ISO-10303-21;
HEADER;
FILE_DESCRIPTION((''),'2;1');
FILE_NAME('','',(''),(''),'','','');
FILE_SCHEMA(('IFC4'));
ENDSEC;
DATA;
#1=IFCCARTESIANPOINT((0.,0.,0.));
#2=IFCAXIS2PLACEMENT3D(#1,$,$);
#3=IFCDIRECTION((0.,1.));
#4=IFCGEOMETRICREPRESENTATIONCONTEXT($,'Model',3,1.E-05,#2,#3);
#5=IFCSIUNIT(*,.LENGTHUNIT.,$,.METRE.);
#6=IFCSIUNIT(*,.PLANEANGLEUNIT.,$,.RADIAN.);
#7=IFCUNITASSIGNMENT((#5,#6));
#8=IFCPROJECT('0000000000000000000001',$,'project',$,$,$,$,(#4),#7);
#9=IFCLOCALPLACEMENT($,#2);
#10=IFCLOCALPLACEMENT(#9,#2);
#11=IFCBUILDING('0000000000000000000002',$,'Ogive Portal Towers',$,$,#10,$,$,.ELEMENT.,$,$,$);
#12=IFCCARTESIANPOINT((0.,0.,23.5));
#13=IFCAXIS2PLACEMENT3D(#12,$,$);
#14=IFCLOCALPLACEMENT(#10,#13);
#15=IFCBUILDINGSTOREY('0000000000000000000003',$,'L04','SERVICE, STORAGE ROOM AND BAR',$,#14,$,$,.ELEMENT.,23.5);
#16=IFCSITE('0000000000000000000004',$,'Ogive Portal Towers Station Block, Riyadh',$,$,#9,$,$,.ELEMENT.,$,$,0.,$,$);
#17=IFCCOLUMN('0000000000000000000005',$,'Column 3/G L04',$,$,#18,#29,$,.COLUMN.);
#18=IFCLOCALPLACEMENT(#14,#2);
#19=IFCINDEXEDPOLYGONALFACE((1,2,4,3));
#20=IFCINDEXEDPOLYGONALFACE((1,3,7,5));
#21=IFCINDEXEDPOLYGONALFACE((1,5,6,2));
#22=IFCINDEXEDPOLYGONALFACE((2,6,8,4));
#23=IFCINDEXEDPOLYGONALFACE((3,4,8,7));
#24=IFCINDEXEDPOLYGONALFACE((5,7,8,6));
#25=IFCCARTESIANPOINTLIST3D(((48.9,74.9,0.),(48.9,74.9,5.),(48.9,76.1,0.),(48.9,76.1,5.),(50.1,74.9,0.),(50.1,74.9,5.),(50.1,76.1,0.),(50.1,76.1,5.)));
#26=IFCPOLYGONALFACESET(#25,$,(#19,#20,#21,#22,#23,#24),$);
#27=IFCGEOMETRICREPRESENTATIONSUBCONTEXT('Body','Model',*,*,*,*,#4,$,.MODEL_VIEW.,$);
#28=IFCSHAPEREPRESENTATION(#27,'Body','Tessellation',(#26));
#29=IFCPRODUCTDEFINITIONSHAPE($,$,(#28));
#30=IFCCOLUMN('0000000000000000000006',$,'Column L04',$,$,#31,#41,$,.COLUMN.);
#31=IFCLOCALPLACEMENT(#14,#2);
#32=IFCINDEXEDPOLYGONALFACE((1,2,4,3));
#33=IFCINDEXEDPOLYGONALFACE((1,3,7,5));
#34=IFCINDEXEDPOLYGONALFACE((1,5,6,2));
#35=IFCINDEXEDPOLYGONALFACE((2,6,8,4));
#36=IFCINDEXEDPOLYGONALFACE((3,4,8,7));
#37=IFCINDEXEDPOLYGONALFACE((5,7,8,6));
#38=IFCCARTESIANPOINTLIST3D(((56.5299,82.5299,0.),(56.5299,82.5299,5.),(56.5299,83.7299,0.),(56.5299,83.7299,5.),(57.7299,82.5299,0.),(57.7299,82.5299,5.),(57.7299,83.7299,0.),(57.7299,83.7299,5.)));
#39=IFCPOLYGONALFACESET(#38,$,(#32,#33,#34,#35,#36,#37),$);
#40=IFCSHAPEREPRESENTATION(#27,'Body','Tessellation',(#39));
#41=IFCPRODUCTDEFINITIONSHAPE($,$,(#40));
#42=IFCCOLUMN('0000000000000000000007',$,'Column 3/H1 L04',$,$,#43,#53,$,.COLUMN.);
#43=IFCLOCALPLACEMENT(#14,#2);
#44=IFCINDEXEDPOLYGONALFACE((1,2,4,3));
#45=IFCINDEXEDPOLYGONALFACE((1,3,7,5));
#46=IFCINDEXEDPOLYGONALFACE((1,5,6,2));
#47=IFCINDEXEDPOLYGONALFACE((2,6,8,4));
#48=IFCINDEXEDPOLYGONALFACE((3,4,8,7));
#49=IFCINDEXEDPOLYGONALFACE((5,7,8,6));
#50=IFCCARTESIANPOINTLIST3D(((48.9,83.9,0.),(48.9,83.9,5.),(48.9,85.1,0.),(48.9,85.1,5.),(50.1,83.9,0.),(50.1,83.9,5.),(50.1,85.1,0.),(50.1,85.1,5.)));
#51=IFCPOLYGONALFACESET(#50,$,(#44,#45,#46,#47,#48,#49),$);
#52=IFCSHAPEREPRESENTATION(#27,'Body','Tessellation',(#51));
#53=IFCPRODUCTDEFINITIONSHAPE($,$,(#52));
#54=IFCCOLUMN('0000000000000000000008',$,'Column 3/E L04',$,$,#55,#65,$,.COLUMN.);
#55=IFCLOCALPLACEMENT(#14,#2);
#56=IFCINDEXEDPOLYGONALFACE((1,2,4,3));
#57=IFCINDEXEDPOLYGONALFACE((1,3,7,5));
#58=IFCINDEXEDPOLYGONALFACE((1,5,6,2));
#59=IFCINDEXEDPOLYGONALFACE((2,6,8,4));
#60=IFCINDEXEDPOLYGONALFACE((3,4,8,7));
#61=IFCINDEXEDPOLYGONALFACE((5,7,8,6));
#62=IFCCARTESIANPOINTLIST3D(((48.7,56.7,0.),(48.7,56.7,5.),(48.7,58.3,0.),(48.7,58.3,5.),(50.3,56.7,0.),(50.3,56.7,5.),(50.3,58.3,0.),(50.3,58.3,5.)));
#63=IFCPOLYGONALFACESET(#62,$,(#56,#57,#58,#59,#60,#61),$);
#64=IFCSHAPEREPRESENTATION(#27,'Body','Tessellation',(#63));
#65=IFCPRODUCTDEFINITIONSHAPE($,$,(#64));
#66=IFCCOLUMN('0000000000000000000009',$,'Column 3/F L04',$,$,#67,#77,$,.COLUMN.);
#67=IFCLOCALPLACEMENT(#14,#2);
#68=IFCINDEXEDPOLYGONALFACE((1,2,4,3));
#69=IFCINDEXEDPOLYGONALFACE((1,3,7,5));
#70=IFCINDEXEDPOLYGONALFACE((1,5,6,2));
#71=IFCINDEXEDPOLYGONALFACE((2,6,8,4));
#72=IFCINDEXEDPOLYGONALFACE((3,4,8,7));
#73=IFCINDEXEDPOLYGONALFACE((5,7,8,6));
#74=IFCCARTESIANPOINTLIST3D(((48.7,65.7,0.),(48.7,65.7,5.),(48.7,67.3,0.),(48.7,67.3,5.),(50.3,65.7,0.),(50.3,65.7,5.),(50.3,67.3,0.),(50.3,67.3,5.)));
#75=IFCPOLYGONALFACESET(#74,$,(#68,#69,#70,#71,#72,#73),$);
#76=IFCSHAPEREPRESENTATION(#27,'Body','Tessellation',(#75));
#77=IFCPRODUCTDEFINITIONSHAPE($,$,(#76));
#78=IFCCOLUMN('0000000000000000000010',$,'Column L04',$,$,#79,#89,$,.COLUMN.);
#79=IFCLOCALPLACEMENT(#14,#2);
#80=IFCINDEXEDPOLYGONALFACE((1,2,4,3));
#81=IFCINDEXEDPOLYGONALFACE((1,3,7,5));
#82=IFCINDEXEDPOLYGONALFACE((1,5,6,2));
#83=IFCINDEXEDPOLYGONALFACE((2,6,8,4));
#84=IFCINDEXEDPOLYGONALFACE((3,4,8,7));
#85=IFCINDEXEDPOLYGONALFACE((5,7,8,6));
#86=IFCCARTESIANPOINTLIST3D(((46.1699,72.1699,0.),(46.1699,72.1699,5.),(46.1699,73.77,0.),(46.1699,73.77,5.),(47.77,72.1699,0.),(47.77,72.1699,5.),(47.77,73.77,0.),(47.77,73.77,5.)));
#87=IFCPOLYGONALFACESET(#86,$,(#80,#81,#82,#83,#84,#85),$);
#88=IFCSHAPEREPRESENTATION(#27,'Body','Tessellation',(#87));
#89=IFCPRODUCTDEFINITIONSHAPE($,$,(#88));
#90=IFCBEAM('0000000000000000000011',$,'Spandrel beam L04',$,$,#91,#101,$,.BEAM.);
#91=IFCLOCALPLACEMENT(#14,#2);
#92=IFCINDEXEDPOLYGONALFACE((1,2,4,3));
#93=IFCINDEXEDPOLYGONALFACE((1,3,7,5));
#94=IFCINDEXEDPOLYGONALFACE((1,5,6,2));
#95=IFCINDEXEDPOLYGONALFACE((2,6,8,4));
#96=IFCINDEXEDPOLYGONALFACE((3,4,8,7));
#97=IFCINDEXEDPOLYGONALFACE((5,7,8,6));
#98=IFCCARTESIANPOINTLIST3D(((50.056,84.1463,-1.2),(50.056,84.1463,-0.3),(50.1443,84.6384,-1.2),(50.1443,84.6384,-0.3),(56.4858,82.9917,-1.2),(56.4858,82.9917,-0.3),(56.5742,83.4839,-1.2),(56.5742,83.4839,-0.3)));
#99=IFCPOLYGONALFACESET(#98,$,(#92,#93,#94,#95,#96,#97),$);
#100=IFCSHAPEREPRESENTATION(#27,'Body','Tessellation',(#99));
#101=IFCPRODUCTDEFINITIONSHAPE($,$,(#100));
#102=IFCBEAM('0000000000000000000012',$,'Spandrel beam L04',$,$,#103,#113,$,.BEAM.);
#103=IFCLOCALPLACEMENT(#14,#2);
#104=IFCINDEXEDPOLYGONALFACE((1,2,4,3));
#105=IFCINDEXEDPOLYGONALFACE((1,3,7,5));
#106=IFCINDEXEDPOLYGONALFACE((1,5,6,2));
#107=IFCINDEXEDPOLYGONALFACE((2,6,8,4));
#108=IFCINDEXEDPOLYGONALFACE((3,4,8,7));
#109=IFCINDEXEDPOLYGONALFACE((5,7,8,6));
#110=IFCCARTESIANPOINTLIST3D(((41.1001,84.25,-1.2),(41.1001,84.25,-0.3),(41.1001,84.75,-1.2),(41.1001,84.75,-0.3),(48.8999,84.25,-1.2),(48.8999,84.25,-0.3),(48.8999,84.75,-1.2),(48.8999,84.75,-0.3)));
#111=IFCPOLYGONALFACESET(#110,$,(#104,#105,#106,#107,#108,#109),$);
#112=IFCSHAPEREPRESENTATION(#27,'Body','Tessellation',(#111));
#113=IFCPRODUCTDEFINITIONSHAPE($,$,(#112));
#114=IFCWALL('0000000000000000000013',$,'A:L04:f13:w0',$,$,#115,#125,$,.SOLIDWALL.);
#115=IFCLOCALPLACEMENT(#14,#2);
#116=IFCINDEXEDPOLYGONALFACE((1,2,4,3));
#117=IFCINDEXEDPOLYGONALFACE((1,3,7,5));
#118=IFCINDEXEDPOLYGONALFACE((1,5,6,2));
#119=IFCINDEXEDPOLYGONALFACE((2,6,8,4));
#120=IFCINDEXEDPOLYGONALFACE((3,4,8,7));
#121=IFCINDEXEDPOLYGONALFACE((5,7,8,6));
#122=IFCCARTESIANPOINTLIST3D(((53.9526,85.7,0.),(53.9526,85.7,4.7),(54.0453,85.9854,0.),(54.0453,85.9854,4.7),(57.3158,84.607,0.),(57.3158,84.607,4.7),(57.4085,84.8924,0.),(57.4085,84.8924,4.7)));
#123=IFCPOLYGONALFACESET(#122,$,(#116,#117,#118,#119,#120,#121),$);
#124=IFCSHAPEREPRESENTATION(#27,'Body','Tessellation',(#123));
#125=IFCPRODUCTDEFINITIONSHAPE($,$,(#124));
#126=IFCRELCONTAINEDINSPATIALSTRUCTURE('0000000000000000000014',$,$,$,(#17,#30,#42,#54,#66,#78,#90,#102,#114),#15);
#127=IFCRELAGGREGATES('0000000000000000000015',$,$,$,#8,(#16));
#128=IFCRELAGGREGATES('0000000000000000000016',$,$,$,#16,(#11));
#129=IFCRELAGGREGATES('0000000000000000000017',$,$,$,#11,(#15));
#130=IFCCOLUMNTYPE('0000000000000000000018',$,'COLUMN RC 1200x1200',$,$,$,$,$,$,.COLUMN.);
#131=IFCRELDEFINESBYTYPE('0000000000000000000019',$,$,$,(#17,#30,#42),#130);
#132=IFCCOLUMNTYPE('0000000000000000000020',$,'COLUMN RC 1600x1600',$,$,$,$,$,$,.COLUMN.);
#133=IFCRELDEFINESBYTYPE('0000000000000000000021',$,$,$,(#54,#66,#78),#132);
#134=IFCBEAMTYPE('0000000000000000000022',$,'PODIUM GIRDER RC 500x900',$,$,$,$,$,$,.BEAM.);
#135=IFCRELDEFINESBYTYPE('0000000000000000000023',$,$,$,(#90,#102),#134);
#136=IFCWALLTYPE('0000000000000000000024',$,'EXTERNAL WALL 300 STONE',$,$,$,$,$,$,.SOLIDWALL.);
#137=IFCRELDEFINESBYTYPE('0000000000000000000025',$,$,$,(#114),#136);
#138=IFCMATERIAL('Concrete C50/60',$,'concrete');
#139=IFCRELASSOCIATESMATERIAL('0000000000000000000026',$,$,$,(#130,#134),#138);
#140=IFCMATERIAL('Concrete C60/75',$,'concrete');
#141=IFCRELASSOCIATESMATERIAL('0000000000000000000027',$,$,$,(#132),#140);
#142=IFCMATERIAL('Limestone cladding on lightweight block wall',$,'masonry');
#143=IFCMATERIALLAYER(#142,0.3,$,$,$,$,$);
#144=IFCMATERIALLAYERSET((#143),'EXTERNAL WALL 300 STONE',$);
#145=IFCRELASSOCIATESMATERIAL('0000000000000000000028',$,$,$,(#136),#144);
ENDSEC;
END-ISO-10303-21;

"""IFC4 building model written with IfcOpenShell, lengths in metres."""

from ifc_helpers import new_model, si_unit, direction, frame, frame_2d, origin, origin_2d, place, context, subcontext, project, spatial, rectangle, extrude, material, layer, layer_set, material_profile, profile_set, type_object, element, save


model = new_model("IFC4")

# Units and contexts
model_context = context("Model", 3, precision=1e-05, world=origin(), true_north=direction((0.0, 1.0)))
body_context = subcontext(model_context, "Body", "Model", "MODEL_VIEW")
ifc_project = project(units=[si_unit("LENGTHUNIT", "METRE"), si_unit("PLANEANGLEUNIT", "RADIAN")], contexts=[model_context])

# Site, building, storey
site_placement = place(None, origin())
site = spatial("IfcSite", under=ifc_project, at=site_placement, Name="Ogive Portal Towers Station Block, Riyadh", CompositionType="ELEMENT", RefElevation=0.0)
building_placement = place(site_placement, origin())
building = spatial("IfcBuilding", under=site, at=building_placement, Name="Ogive Portal Towers", CompositionType="ELEMENT")
storey_placement = place(building_placement, frame((0.0, 0.0, 23.5)))
storey = spatial("IfcBuildingStorey", under=building, at=storey_placement, Name="L04", Description="SERVICE, STORAGE ROOM AND BAR", CompositionType="ELEMENT", Elevation=23.5)

# Columns
ifc_material_1 = material(Name="Concrete C50/60", Category="concrete")
ifc_material_profile_1 = material_profile(ifc_material_1, rectangle(XDim=1.2, YDim=1.2, at=origin_2d()), Name="RC 1200x1200")
ifc_profile_set_1 = profile_set([ifc_material_profile_1], Name="Concrete C50/60")
column_type_1 = type_object("IfcColumnType", Name="COLUMN RC 1200x1200", PredefinedType="COLUMN", material=ifc_profile_set_1)
for number, where, z_axis, x_axis, name in (
    (1, (49.5, 75.5, 0.0), (0.0, 0.0, 1.0), (1.0, 0.0, 0.0), "Column 3/G L04"),
    (2, (57.1299, 83.1299, 0.0), (0.0, 0.0, 1.0), (1.0, 0.0, 0.0), "Column L04"),
    (3, (49.5, 84.5, 0.0), (0.0, 0.0, 1.0), (1.0, 0.0, 0.0), "Column 3/H1 L04"),
):
    element("IfcColumn", number, at=place(storey_placement, frame(where, z_axis=z_axis, x_axis=x_axis)), inside=storey, type_object=column_type_1, Name=name, PredefinedType="COLUMN", context=body_context, shape_type="SweptSolid", body=[
        extrude(rectangle(XDim=1.2, YDim=1.2, at=origin_2d()), origin(), (0.0, 0.0, 1.0), 5.0),
    ])
ifc_material_2 = material(Name="Concrete C60/75", Category="concrete")
ifc_material_profile_2 = material_profile(ifc_material_2, rectangle(XDim=1.6001, YDim=1.6001, at=origin_2d()), Name="RC 1600x1600")
ifc_profile_set_2 = profile_set([ifc_material_profile_2], Name="Concrete C60/75")
column_type_2 = type_object("IfcColumnType", Name="COLUMN RC 1600x1600", PredefinedType="COLUMN", material=ifc_profile_set_2)
for number, where, z_axis, x_axis, name in (
    (4, (49.5, 57.5, 0.0), (0.0, 0.0, 1.0), (1.0, 0.0, 0.0), "Column 3/E L04"),
    (5, (49.5, 66.5, 0.0), (0.0, 0.0, 1.0), (1.0, 0.0, 0.0), "Column 3/F L04"),
    (6, (46.97, 72.97, 0.0), (0.0, 0.0, 1.0), (1.0, 0.0, 0.0), "Column L04"),
):
    element("IfcColumn", number, at=place(storey_placement, frame(where, z_axis=z_axis, x_axis=x_axis)), inside=storey, type_object=column_type_2, Name=name, PredefinedType="COLUMN", context=body_context, shape_type="SweptSolid", body=[
        extrude(rectangle(XDim=1.6001, YDim=1.6001, at=origin_2d()), origin(), (0.0, 0.0, 1.0), 5.0),
    ])

# Beams
ifc_material_profile_3 = material_profile(ifc_material_1, rectangle(XDim=0.5, YDim=0.8999, at=origin_2d()), Name="RC 500x900")
ifc_profile_set_3 = profile_set([ifc_material_profile_3], Name="Concrete C50/60")
beam_type = type_object("IfcBeamType", Name="PODIUM GIRDER RC 500x900", PredefinedType="BEAM", material=ifc_profile_set_3)
beam_1_placement = place(storey_placement, frame((56.53, 83.2378, -0.75), z_axis=(-0.984259, 0.176731, 0.0), x_axis=(-0.176731, -0.984259, 0.0)))
element("IfcBeam", 7, at=beam_1_placement, inside=storey, type_object=beam_type, Name="Spandrel beam L04", PredefinedType="BEAM", context=body_context, shape_type="SweptSolid", body=[
    extrude(rectangle(XDim=0.5, YDim=0.8999, at=origin_2d()), origin(), (0.0, 0.0, 1.0), 6.5327),
])
beam_2_placement = place(storey_placement, frame((48.8999, 84.5, -0.75), z_axis=(-1.0, 0.0, 0.0), x_axis=(0.0, -1.0, 0.0)))
element("IfcBeam", 8, at=beam_2_placement, inside=storey, type_object=beam_type, Name="Spandrel beam L04", PredefinedType="BEAM", context=body_context, shape_type="SweptSolid", body=[
    extrude(rectangle(XDim=0.5, YDim=0.8999, at=origin_2d()), origin(), (0.0, 0.0, 1.0), 7.7998),
])

# Wall
ifc_material_3 = material(Name="Limestone cladding on lightweight block wall", Category="masonry")
ifc_layer_1 = layer(ifc_material_3, 0.3)
ifc_layer_set_1 = layer_set([ifc_layer_1], Name="EXTERNAL WALL 300 STONE")
wall_type_1 = type_object("IfcWallType", Name="EXTERNAL WALL 300 STONE", PredefinedType="SOLIDWALL", material=ifc_layer_set_1)
wall_1_placement = place(storey_placement, frame((57.3621, 84.7498, 0.0), z_axis=(0.0, 0.0, 1.0), x_axis=(-0.951038, 0.309074, 0.0)))
element("IfcWall", 9, at=wall_1_placement, inside=storey, type_object=wall_type_1, Name="A:L04:f13:w0", PredefinedType="SOLIDWALL", context=body_context, shape_type="SweptSolid", body=[
    extrude(rectangle(XDim=3.5364, YDim=0.3, at=frame_2d((1.7681, 0.0))), origin(), (0.0, 0.0, 1.0), 4.7),
])

save(model, "model.ifc")
